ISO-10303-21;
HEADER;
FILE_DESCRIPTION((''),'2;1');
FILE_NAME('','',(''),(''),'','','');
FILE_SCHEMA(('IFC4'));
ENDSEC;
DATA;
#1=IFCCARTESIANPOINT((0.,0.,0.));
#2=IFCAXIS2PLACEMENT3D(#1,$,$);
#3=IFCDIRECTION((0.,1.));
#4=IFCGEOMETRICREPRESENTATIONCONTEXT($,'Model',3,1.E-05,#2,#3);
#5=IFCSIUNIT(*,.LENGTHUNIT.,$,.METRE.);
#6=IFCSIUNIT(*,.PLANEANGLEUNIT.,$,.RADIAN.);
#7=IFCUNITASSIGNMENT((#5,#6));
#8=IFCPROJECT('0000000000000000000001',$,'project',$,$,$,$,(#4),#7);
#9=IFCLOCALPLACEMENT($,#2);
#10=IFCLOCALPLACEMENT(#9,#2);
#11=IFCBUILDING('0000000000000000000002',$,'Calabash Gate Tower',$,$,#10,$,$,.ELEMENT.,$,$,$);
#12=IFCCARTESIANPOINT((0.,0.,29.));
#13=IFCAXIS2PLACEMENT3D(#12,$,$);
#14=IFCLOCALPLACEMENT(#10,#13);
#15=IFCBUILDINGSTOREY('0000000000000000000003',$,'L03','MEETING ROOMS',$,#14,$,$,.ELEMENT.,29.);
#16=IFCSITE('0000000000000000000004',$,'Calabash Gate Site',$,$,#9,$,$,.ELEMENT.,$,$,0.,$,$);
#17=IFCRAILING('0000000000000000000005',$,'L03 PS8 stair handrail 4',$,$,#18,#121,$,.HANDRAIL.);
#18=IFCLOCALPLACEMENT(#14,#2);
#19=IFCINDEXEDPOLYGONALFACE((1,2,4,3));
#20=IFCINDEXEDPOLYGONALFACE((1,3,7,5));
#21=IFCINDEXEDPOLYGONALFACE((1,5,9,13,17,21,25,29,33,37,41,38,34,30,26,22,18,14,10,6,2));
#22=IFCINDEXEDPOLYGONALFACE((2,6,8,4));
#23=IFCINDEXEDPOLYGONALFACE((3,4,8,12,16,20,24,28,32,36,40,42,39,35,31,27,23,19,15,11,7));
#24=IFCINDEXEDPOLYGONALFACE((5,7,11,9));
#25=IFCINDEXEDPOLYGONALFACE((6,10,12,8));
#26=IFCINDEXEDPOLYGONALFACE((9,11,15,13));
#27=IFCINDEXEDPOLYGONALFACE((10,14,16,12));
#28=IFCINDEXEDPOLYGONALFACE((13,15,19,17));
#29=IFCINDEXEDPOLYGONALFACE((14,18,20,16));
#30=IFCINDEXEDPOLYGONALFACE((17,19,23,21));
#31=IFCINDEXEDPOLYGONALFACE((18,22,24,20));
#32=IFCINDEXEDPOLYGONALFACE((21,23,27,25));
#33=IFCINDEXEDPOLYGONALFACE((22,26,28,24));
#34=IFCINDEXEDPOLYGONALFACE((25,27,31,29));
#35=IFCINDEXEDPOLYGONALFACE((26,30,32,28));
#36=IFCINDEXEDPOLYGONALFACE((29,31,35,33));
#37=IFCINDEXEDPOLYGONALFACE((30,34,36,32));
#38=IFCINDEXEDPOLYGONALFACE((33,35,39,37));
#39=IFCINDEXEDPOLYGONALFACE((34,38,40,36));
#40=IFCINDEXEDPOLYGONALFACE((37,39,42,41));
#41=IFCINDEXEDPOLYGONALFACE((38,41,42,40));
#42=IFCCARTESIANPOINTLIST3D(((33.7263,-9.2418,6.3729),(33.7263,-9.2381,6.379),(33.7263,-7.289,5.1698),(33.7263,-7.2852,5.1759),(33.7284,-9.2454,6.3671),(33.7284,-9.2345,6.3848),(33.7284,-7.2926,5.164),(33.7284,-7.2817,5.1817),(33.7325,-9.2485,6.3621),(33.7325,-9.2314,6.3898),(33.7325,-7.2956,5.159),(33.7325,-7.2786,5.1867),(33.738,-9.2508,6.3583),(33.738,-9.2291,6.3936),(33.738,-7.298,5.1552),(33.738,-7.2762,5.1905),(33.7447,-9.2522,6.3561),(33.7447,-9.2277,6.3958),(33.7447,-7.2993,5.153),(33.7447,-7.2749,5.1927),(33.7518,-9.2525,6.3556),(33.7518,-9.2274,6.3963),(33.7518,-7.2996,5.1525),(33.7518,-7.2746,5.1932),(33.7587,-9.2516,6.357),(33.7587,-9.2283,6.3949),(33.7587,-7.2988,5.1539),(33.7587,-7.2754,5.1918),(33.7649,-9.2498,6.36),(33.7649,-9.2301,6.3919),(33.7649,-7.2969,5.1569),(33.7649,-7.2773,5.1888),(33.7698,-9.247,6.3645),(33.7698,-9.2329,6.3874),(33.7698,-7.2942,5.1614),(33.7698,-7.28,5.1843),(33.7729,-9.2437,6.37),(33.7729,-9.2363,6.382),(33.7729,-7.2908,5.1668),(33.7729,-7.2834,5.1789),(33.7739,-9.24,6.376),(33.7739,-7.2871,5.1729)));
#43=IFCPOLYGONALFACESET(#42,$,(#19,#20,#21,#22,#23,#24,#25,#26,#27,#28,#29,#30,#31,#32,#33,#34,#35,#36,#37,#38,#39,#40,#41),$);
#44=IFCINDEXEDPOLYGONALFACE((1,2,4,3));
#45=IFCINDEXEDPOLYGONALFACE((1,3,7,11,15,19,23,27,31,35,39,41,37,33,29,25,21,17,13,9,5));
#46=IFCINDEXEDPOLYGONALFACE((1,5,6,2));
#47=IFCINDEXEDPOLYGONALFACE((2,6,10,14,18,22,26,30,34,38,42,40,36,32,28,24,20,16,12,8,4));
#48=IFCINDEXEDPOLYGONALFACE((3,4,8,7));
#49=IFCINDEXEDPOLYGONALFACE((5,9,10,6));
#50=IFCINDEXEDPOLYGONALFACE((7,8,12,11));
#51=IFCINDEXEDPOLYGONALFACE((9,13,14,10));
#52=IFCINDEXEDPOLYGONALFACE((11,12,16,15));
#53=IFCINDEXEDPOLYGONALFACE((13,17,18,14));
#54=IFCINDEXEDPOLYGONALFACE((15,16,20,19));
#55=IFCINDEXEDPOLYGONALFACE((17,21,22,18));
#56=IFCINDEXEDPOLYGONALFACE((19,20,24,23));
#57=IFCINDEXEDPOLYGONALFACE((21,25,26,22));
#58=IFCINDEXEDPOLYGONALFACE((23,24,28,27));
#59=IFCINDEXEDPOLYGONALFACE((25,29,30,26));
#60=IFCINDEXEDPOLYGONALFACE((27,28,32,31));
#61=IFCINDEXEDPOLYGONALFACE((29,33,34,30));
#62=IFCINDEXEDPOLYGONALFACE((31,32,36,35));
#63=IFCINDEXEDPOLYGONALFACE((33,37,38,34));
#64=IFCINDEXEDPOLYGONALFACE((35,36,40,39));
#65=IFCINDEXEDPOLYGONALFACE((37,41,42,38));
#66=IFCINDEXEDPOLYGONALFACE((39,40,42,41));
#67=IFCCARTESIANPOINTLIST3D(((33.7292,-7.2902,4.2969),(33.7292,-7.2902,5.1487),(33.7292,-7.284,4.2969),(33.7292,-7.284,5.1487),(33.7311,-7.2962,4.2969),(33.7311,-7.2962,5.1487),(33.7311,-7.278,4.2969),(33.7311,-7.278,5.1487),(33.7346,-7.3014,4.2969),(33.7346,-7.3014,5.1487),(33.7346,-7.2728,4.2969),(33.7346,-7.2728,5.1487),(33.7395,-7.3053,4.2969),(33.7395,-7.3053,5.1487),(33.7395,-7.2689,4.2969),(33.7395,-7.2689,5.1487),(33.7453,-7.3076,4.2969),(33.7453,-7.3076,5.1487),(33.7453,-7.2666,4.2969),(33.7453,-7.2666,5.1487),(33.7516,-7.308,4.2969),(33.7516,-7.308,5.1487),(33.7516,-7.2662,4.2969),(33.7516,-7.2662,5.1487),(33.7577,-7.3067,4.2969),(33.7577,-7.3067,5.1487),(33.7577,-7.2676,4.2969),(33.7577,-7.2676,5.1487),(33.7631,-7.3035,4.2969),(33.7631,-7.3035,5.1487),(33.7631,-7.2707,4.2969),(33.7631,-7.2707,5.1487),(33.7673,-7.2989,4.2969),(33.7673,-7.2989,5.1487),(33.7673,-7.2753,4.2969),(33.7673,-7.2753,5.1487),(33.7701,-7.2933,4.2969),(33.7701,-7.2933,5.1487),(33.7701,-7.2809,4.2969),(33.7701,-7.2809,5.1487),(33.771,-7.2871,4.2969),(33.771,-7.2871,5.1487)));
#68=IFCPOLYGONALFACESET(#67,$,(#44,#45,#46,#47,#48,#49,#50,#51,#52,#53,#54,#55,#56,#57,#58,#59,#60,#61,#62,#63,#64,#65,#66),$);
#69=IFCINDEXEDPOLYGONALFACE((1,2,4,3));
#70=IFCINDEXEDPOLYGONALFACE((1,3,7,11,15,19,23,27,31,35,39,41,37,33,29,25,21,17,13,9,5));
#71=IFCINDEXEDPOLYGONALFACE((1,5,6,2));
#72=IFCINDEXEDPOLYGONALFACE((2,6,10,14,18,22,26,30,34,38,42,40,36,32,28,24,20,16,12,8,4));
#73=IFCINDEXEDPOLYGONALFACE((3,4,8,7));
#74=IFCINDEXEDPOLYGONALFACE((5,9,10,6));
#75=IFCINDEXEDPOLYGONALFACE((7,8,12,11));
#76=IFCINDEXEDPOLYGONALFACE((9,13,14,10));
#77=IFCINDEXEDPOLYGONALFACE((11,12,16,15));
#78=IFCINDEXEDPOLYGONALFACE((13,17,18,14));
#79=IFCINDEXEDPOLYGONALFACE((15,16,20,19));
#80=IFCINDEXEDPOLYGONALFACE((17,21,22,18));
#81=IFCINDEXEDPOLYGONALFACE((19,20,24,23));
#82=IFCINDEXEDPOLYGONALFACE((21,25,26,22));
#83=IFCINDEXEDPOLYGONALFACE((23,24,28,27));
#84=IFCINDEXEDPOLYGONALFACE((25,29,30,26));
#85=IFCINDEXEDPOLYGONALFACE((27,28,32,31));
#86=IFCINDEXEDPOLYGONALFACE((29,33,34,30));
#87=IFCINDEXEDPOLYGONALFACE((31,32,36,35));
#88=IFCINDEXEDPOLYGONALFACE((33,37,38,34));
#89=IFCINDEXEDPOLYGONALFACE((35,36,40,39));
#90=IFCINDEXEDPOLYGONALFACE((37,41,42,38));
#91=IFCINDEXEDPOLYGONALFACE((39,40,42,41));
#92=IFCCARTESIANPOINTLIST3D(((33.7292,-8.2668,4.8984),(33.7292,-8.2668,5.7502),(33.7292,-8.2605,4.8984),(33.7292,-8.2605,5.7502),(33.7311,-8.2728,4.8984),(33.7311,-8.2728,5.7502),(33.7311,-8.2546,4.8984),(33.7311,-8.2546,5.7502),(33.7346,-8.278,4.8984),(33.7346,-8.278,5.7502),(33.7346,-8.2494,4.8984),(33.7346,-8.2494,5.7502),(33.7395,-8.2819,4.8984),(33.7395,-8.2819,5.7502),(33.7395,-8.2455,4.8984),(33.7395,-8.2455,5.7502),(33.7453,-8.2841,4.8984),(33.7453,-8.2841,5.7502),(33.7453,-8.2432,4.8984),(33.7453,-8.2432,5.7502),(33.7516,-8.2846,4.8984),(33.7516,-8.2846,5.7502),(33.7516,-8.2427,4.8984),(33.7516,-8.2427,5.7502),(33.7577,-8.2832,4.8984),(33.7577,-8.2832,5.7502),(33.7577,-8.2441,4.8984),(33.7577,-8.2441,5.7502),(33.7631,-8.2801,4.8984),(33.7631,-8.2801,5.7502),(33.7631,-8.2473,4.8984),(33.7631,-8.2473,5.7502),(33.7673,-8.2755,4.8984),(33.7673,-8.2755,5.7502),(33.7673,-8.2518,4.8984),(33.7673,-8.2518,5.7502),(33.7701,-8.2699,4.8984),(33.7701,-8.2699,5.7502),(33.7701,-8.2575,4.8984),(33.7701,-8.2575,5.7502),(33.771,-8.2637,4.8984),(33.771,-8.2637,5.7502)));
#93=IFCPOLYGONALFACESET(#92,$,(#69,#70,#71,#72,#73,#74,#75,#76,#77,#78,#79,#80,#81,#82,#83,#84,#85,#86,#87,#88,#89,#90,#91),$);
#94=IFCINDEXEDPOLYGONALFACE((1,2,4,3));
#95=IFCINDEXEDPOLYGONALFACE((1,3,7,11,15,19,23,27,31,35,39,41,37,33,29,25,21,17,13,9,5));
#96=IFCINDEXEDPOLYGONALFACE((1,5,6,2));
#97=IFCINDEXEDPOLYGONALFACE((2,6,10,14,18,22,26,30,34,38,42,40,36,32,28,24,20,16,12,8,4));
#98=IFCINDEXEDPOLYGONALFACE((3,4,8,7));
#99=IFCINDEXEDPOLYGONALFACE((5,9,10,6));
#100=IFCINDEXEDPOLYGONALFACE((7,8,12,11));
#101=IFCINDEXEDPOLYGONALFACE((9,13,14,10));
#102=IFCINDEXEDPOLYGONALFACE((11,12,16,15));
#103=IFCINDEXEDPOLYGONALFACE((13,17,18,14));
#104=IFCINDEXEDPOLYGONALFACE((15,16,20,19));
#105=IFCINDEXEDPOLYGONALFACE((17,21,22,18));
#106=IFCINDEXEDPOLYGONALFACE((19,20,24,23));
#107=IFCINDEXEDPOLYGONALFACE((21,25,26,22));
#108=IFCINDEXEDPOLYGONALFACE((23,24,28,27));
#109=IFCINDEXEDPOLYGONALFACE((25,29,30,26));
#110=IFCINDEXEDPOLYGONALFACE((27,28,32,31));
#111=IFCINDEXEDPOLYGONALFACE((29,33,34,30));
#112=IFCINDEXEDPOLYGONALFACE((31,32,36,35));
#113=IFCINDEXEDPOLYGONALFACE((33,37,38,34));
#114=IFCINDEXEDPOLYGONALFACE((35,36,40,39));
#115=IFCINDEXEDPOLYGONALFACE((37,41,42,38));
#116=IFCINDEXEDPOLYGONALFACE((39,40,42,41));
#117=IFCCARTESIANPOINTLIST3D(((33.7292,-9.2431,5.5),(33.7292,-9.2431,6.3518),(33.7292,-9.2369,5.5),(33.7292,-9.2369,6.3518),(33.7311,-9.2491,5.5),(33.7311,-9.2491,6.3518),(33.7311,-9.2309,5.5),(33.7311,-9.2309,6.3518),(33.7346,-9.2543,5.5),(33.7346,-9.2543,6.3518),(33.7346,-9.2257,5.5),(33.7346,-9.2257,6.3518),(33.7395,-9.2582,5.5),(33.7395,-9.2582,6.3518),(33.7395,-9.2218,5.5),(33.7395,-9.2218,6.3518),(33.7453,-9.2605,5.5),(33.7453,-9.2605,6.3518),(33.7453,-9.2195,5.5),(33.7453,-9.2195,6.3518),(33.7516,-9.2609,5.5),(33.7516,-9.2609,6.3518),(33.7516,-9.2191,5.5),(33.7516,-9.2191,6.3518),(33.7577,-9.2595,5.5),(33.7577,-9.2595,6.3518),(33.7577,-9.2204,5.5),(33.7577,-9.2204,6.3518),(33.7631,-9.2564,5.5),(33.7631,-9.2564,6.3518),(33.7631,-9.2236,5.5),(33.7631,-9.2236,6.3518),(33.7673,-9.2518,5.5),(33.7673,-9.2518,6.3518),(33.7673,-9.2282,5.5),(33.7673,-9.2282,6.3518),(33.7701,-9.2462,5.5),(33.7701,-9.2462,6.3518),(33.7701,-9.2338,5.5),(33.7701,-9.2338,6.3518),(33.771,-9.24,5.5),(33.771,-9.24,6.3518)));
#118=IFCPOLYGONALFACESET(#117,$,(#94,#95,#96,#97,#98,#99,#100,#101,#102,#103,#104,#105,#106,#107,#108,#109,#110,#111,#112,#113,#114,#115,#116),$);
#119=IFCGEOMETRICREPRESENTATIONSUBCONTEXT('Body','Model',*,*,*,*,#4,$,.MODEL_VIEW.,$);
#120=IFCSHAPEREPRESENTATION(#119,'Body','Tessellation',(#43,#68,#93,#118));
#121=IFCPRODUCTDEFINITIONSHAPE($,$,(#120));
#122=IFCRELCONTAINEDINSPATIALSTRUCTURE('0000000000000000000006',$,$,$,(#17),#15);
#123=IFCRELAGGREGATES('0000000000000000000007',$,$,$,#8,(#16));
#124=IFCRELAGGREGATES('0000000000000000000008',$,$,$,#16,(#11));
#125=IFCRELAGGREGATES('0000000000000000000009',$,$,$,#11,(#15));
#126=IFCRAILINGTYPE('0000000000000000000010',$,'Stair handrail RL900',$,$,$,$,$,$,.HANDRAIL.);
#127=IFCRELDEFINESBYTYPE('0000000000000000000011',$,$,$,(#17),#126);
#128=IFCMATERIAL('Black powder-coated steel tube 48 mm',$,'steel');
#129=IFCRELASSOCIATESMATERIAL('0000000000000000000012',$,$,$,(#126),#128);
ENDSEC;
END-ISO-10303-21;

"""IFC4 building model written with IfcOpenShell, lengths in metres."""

from ifc_helpers import new_model, si_unit, direction, frame, origin, origin_2d, place, context, subcontext, project, spatial, circle, extrude, material, type_object, element, save


model = new_model("IFC4")

# Units and contexts
model_context = context("Model", 3, precision=1e-05, world=origin(), true_north=direction((0.0, 1.0)))
body_context = subcontext(model_context, "Body", "Model", "MODEL_VIEW")
ifc_project = project(units=[si_unit("LENGTHUNIT", "METRE"), si_unit("PLANEANGLEUNIT", "RADIAN")], contexts=[model_context])

# Site, building, storey
site_placement = place(None, origin())
site = spatial("IfcSite", under=ifc_project, at=site_placement, Name="Calabash Gate Site", CompositionType="ELEMENT", RefElevation=0.0)
building_placement = place(site_placement, origin())
building = spatial("IfcBuilding", under=site, at=building_placement, Name="Calabash Gate Tower", CompositionType="ELEMENT")
storey_placement = place(building_placement, frame((0.0, 0.0, 29.0)))
storey = spatial("IfcBuildingStorey", under=building, at=storey_placement, Name="L03", Description="MEETING ROOMS", CompositionType="ELEMENT", Elevation=29.0)

# Railing
ifc_material_1 = material(Name="Black powder-coated steel tube 48 mm", Category="steel")
railing_type_1 = type_object("IfcRailingType", Name="Stair handrail RL900", PredefinedType="HANDRAIL", material=ifc_material_1)
railing_1_placement = place(storey_placement, frame((33.75, -7.2871, 4.2969)))
element("IfcRailing", 1, at=railing_1_placement, inside=storey, type_object=railing_type_1, Name="L03 PS8 stair handrail 4", PredefinedType="HANDRAIL", context=body_context, shape_type="SweptSolid", body=[
    extrude(circle(Radius=0.0239, at=origin_2d()), frame((0.0, 0.0, 0.876), z_axis=(0.0, -0.851395, 0.524525), x_axis=(1.0, 0.0, 0.0)), (0.0, 0.0, 1.0), 2.2937),
    extrude(circle(Radius=0.021, at=origin_2d()), origin(), (0.0, 0.0, 1.0), 0.8518),
    extrude(circle(Radius=0.021, at=origin_2d()), frame((0.0, -0.9766, 0.6016)), (0.0, 0.0, 1.0), 0.8518),
    extrude(circle(Radius=0.021, at=origin_2d()), frame((0.0, -1.9529, 1.2031)), (0.0, 0.0, 1.0), 0.8518),
])

save(model, "model.ifc")
